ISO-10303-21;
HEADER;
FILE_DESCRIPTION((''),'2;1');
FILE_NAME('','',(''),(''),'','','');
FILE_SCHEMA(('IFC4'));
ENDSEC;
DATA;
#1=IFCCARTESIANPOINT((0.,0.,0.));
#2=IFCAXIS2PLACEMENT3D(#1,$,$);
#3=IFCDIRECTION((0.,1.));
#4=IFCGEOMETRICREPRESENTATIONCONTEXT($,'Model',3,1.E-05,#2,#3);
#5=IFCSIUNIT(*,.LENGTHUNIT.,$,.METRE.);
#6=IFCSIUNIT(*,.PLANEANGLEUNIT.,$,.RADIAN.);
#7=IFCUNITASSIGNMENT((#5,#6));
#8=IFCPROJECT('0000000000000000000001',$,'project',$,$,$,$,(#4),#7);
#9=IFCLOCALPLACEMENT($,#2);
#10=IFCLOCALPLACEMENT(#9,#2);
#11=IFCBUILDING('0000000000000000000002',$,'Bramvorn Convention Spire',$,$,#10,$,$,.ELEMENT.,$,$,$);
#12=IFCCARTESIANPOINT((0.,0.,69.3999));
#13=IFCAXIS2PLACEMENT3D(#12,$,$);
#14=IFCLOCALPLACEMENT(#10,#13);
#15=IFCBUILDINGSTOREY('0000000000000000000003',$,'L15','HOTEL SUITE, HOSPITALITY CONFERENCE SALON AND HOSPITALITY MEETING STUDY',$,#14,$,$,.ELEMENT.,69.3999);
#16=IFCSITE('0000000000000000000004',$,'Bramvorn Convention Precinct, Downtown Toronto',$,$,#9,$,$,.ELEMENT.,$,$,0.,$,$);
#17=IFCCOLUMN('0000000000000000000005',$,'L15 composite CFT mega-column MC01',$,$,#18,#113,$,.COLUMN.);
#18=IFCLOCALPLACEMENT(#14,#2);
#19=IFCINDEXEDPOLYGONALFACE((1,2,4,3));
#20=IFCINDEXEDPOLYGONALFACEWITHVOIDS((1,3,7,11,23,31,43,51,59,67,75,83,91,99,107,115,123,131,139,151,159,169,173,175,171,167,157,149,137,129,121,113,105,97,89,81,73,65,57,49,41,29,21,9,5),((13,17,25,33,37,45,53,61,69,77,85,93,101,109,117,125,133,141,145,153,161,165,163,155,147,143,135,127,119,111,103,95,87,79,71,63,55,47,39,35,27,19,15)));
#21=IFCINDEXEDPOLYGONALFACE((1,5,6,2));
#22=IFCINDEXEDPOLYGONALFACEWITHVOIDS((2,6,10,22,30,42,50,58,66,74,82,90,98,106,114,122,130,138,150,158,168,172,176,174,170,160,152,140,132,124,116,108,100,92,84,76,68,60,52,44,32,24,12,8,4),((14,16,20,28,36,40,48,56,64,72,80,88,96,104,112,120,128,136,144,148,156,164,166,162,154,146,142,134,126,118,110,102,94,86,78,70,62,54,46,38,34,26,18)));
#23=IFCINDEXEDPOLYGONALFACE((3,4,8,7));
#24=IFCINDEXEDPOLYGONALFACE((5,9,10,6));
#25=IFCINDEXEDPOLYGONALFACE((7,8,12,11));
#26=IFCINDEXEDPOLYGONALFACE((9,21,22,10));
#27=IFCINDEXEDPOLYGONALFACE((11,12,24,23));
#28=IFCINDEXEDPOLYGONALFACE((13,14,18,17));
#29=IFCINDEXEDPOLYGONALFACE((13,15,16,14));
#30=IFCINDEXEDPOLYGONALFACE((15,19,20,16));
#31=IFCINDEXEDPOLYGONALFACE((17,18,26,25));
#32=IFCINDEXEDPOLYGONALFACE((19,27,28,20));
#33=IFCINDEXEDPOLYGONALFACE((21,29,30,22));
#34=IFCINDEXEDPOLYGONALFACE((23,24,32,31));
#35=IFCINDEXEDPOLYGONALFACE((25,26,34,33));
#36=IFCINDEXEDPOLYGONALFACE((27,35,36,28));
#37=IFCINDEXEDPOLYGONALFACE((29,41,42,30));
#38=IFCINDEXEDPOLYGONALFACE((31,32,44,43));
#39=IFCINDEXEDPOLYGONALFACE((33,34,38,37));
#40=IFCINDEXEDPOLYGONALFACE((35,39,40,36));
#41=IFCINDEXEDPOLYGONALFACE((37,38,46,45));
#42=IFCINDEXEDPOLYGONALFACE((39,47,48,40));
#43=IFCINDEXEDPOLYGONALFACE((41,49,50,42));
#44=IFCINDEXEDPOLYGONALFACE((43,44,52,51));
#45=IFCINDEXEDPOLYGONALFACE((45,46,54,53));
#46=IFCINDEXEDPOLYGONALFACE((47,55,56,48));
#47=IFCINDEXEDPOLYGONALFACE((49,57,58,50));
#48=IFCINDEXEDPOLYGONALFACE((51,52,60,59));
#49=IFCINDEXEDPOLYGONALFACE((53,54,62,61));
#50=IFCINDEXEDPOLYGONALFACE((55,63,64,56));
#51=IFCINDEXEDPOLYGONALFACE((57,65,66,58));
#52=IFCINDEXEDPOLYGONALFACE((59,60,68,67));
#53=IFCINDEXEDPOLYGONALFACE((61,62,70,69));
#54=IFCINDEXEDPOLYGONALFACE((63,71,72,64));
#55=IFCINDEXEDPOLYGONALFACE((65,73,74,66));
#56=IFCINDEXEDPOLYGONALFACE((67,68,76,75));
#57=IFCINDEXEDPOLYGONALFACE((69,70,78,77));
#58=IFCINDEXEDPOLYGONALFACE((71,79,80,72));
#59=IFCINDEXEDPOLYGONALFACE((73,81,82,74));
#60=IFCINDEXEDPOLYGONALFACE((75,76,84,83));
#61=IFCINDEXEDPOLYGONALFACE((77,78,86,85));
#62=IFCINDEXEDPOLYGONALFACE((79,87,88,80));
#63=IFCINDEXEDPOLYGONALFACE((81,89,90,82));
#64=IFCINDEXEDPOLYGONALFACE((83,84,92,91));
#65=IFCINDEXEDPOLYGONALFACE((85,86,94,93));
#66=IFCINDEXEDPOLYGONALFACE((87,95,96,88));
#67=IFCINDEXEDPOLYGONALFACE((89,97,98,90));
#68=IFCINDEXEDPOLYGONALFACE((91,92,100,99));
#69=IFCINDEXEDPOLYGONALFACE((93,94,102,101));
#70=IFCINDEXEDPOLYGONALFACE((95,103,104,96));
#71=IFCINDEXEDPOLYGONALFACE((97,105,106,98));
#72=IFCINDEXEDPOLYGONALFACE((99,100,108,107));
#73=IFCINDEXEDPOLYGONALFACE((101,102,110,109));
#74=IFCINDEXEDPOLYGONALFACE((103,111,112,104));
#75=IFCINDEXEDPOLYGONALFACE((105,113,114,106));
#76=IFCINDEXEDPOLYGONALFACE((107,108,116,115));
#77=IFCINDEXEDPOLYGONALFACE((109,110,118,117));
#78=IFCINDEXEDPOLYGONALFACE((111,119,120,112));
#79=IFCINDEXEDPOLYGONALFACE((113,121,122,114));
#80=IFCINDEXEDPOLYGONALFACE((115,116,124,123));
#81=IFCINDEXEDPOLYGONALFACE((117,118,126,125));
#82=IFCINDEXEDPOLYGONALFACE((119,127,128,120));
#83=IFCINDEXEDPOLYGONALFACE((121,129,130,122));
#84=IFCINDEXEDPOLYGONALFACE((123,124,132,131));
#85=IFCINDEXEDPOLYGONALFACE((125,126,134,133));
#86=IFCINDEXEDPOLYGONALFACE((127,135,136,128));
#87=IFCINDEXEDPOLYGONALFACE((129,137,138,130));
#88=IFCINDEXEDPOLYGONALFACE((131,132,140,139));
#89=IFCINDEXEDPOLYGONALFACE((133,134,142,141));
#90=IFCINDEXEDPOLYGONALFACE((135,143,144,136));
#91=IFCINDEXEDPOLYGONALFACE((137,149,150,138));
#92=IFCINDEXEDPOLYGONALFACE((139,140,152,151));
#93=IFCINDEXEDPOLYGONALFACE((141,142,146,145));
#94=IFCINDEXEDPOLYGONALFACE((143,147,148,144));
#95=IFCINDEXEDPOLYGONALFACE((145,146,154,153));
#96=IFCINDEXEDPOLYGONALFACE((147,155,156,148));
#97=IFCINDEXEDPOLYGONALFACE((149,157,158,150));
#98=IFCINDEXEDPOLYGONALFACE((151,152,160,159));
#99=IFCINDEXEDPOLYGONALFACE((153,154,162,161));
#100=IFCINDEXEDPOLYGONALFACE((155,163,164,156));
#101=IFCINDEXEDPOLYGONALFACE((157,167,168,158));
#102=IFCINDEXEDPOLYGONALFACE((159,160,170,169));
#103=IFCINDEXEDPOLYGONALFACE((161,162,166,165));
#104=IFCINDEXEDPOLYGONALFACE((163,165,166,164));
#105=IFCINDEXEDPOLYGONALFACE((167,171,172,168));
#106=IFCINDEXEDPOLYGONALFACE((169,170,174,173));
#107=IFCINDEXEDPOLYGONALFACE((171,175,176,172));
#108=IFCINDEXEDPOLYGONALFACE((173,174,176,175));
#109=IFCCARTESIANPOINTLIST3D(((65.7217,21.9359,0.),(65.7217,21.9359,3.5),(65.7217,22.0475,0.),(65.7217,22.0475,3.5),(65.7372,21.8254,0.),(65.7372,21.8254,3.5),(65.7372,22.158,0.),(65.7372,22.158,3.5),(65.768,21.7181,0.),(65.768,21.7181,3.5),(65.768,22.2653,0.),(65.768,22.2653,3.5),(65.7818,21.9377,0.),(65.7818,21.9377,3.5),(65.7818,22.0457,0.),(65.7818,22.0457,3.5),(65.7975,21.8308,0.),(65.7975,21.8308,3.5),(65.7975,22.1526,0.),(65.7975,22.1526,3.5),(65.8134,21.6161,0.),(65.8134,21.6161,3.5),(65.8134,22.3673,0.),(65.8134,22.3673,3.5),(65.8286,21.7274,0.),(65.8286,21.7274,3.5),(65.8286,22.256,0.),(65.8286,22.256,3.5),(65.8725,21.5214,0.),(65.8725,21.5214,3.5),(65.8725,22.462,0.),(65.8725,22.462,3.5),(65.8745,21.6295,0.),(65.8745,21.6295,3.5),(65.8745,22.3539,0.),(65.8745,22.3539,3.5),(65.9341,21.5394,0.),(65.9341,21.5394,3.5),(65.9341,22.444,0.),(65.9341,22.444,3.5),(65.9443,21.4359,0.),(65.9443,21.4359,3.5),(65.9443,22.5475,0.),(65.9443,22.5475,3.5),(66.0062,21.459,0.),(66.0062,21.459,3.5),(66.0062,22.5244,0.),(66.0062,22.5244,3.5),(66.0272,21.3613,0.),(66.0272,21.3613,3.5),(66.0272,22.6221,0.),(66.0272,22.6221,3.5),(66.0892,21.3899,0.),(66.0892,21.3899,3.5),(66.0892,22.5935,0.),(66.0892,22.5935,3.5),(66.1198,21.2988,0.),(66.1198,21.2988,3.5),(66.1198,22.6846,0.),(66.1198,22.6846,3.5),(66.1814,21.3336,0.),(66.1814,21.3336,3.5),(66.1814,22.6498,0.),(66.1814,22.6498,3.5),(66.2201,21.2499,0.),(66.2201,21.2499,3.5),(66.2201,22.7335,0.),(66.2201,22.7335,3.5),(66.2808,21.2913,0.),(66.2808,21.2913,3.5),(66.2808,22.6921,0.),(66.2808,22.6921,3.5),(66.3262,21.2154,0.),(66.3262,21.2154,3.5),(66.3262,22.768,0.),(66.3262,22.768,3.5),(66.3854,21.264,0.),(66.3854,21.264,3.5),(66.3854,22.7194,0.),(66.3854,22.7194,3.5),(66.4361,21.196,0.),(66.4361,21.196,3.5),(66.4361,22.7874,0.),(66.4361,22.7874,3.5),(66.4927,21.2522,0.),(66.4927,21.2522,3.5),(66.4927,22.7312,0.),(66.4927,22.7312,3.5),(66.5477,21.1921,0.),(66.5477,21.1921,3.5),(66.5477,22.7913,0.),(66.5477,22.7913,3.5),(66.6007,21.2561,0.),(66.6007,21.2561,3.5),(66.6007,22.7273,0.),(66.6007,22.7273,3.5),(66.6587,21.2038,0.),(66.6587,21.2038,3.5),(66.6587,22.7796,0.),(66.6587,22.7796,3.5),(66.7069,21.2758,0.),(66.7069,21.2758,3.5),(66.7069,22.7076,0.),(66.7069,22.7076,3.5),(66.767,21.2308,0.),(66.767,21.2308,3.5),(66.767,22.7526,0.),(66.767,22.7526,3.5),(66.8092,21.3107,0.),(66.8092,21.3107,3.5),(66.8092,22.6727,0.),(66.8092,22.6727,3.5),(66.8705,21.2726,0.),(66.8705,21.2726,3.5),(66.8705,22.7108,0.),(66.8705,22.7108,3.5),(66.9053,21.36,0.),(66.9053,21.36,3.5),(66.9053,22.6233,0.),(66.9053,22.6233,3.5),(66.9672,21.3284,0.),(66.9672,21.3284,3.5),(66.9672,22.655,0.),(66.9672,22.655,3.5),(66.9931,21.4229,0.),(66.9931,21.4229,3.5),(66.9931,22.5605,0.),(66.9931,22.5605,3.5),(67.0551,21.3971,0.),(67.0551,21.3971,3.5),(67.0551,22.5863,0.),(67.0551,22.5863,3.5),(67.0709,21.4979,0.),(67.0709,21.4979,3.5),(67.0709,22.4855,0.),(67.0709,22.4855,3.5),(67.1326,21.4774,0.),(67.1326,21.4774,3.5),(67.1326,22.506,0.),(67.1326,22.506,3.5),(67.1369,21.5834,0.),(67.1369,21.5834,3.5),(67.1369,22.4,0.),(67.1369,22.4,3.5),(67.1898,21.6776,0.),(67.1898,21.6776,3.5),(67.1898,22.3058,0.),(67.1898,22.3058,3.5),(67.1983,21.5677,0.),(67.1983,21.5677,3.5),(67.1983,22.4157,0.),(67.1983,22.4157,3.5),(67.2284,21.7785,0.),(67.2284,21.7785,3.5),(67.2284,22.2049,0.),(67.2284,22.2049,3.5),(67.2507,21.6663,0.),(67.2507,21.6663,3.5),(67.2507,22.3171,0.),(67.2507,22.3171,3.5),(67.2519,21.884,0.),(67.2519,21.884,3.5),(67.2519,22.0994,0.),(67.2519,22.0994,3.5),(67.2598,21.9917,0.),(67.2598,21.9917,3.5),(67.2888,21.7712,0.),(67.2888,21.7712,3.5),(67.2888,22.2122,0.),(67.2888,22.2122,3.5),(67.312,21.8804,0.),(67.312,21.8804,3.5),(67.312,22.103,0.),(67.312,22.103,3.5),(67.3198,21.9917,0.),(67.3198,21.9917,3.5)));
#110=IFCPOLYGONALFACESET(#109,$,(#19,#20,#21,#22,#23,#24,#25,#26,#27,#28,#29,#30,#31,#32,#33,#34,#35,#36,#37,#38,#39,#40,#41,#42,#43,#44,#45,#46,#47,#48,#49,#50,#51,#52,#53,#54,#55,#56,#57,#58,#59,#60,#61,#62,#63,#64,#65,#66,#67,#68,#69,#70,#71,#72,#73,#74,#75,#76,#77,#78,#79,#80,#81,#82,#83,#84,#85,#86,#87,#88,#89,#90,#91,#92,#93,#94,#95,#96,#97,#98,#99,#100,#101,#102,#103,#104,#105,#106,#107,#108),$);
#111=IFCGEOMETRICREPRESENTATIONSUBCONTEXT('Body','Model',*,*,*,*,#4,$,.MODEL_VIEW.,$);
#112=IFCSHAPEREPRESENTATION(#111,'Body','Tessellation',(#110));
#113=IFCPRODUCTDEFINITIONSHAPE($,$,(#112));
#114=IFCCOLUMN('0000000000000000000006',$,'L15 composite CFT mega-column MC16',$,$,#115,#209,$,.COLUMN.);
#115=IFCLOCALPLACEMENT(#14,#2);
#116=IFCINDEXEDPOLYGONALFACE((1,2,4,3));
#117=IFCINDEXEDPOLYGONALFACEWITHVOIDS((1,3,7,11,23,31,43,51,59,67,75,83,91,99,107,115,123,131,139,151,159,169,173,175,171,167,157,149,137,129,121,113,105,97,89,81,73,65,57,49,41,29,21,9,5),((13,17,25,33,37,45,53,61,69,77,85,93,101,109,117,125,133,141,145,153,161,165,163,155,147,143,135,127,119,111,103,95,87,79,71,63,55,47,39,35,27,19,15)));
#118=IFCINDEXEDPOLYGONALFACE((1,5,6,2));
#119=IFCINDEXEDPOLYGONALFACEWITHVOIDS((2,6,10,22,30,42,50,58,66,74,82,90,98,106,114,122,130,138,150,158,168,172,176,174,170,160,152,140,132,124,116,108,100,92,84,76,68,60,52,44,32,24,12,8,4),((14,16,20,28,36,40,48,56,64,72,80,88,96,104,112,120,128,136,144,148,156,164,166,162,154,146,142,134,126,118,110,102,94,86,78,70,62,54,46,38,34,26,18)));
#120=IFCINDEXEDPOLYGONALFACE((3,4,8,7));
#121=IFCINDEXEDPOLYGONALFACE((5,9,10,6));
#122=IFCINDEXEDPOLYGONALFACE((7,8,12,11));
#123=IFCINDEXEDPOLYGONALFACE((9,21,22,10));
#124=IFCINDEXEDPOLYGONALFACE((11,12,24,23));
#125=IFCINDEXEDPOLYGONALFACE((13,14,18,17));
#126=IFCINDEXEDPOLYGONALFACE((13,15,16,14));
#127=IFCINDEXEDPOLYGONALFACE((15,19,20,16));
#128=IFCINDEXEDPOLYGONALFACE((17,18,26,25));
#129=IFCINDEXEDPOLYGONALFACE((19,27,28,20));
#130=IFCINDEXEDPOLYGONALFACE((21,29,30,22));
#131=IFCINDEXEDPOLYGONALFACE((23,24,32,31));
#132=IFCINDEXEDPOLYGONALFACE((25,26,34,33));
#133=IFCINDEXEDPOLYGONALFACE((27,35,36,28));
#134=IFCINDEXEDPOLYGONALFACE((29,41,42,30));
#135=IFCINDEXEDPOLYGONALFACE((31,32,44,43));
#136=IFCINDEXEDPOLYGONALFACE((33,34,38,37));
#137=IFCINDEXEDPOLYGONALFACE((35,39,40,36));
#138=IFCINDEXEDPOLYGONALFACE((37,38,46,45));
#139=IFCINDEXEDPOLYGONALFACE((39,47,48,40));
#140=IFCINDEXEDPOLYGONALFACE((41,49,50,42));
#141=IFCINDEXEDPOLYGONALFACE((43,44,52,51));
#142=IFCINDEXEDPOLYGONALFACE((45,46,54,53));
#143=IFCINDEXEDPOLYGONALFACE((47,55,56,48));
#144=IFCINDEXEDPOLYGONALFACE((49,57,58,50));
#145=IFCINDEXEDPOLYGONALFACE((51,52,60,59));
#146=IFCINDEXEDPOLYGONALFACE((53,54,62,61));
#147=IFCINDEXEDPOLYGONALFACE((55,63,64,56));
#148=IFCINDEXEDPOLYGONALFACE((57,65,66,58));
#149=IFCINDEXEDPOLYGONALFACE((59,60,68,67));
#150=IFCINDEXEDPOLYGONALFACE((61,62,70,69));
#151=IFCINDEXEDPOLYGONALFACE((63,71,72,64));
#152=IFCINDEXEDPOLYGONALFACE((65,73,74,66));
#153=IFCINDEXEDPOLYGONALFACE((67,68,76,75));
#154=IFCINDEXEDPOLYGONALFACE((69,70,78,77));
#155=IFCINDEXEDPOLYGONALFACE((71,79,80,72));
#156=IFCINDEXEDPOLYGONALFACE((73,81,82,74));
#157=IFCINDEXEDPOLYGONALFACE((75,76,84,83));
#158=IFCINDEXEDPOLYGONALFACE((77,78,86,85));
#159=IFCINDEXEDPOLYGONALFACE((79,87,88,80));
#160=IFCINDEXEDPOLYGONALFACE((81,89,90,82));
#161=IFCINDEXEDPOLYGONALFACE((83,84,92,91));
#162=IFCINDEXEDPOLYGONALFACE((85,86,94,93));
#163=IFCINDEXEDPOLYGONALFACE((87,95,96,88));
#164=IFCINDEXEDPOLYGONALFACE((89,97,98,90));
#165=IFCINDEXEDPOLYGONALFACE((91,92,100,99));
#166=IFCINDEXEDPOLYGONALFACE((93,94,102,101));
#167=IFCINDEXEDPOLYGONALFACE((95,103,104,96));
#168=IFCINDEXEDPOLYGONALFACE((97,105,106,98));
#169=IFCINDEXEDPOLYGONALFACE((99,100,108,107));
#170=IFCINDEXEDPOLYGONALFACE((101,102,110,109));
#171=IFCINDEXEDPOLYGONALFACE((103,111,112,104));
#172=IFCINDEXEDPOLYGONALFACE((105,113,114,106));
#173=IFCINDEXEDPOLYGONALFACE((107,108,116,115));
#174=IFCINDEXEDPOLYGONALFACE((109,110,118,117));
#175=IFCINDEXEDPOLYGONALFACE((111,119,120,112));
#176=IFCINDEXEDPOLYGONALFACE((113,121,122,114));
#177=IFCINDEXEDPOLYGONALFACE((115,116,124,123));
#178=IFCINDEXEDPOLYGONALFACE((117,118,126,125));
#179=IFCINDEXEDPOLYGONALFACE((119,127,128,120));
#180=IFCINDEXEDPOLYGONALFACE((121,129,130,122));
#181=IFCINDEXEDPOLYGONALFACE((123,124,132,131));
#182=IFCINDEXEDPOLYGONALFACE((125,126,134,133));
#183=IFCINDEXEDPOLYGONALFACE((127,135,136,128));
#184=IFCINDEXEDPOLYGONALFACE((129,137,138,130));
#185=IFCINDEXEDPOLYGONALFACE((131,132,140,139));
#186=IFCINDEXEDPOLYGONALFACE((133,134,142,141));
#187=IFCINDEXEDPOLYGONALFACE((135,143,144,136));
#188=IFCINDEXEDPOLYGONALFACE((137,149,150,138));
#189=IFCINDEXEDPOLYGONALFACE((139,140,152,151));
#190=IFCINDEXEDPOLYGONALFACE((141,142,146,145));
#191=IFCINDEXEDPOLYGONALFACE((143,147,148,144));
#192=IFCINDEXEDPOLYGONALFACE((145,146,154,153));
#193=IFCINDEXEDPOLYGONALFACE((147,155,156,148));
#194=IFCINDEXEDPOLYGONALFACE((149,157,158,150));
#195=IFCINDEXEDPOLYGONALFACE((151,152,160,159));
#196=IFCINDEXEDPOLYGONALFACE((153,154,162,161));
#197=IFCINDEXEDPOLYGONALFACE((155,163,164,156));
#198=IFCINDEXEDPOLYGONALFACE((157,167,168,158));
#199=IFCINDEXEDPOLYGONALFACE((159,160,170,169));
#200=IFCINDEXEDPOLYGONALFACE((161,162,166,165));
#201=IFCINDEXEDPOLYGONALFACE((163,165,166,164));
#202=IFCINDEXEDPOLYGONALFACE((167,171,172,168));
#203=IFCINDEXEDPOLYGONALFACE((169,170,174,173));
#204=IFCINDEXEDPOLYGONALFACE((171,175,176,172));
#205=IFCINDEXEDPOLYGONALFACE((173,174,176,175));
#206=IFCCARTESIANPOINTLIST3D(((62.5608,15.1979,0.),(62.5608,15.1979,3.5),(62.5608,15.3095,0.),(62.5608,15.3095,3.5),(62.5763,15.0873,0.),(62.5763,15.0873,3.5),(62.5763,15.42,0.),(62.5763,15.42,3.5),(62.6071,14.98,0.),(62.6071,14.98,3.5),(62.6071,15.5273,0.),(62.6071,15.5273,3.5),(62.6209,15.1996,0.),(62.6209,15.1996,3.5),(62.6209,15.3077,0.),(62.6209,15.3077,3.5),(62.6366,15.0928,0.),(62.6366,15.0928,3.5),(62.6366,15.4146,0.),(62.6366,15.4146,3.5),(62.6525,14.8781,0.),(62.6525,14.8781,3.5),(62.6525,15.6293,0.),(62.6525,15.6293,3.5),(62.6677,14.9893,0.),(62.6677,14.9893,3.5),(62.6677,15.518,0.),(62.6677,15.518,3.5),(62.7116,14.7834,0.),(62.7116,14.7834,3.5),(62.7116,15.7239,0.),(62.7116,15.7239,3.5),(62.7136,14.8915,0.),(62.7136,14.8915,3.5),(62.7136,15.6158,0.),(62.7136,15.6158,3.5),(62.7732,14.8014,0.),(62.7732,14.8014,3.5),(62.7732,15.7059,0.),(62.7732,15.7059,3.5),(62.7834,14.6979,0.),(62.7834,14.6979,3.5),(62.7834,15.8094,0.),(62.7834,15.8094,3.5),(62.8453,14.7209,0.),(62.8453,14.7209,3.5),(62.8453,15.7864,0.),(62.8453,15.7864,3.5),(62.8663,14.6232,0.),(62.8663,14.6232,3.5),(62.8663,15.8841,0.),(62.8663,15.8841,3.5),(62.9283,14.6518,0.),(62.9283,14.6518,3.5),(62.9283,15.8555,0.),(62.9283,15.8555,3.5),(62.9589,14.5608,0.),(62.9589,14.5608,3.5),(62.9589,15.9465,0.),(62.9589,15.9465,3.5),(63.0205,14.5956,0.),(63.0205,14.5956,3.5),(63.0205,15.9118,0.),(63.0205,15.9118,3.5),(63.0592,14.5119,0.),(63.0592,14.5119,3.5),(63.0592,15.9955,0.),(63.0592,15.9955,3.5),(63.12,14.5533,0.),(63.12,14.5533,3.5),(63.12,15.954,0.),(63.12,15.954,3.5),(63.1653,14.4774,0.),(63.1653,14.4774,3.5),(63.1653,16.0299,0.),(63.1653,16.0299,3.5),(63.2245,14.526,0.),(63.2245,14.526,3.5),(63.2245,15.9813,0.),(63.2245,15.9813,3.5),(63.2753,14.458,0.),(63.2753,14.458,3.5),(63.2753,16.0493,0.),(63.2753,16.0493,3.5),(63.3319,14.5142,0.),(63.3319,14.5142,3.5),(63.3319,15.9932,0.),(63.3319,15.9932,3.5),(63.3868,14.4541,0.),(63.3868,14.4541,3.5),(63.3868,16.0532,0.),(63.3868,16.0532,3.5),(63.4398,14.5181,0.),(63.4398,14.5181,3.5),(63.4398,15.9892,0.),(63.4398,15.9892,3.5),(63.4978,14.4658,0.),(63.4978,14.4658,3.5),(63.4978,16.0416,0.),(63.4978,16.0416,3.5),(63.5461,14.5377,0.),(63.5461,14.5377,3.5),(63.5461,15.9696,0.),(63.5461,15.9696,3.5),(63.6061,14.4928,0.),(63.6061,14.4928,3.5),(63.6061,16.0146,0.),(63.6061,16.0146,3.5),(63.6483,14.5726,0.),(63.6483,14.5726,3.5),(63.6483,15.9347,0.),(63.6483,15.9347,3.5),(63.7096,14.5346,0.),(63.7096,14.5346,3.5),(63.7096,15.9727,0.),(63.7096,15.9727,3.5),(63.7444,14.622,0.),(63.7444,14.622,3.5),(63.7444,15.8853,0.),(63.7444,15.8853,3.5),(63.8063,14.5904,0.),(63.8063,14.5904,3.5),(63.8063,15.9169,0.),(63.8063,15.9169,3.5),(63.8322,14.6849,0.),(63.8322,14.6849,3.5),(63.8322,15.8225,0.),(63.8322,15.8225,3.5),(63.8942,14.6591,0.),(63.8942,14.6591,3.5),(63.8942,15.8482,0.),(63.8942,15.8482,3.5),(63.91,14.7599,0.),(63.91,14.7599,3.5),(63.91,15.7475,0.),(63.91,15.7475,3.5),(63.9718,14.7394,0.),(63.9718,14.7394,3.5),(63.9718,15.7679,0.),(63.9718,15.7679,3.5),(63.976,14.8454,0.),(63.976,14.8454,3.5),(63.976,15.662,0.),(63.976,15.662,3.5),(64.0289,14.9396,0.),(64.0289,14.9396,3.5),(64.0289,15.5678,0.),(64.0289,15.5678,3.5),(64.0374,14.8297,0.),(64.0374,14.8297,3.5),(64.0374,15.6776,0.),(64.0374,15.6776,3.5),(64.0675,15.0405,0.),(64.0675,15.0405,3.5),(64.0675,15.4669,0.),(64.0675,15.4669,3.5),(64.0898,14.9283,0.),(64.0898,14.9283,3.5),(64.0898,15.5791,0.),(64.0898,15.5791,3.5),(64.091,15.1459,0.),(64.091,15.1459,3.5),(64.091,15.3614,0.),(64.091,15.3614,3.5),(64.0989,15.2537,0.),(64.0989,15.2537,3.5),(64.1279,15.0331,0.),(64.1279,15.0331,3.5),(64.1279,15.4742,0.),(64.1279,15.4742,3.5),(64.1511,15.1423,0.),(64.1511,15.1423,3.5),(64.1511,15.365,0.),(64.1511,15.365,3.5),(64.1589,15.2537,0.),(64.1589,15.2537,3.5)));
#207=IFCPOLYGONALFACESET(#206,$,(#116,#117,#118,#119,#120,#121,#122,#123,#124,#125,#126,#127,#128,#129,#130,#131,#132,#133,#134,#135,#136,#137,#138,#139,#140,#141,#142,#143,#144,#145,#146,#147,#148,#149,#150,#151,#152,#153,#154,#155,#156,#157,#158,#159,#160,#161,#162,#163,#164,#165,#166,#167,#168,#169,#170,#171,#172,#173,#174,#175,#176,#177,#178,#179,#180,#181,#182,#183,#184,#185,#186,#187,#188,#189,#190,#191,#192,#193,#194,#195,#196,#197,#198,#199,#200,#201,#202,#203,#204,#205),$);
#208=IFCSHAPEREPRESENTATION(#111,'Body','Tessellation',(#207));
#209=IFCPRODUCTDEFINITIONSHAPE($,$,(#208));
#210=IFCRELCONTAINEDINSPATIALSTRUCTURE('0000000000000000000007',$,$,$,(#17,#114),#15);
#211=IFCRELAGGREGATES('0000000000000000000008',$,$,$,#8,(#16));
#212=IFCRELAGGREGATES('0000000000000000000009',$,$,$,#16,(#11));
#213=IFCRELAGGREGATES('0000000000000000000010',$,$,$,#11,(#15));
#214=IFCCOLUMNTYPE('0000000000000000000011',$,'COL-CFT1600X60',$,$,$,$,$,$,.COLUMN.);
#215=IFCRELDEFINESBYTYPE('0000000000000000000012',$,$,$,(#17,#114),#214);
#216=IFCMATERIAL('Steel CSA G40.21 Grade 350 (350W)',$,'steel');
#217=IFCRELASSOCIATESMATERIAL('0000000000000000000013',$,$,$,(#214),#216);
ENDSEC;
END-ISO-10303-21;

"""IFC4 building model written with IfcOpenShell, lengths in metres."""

from ifc_helpers import new_model, si_unit, direction, frame, origin, origin_2d, place, context, subcontext, project, spatial, hollow_circle, extrude, material, material_profile, profile_set, type_object, element, save


model = new_model("IFC4")

# Units and contexts
model_context = context("Model", 3, precision=1e-05, world=origin(), true_north=direction((0.0, 1.0)))
body_context = subcontext(model_context, "Body", "Model", "MODEL_VIEW")
ifc_project = project(units=[si_unit("LENGTHUNIT", "METRE"), si_unit("PLANEANGLEUNIT", "RADIAN")], contexts=[model_context])

# Site, building, storey
site_placement = place(None, origin())
site = spatial("IfcSite", under=ifc_project, at=site_placement, Name="Bramvorn Convention Precinct, Downtown Toronto", CompositionType="ELEMENT", RefElevation=0.0)
building_placement = place(site_placement, origin())
building = spatial("IfcBuilding", under=site, at=building_placement, Name="Bramvorn Convention Spire", CompositionType="ELEMENT")
storey_placement = place(building_placement, frame((0.0, 0.0, 69.3999)))
storey = spatial("IfcBuildingStorey", under=building, at=storey_placement, Name="L15", Description="HOTEL SUITE, HOSPITALITY CONFERENCE SALON AND HOSPITALITY MEETING STUDY", CompositionType="ELEMENT", Elevation=69.3999)

# Columns
ifc_material_1 = material(Name="Steel CSA G40.21 Grade 350 (350W)", Category="steel")
ifc_material_profile_1 = material_profile(ifc_material_1, hollow_circle(Radius=0.8, WallThickness=0.0601, at=origin_2d()))
ifc_profile_set_1 = profile_set([ifc_material_profile_1], Name="Steel CSA G40.21 Grade 350 (350W) - CFT1600X60")
column_type = type_object("IfcColumnType", Name="COL-CFT1600X60", PredefinedType="COLUMN", material=ifc_profile_set_1)
for number, where, z_axis, x_axis, name in (
    (1, (66.5198, 21.9917, 0.0), (0.0, 0.0, 1.0), (1.0, 0.0, 0.0), "L15 composite CFT mega-column MC01"),
    (2, (63.3589, 15.2537, 0.0), (0.0, 0.0, 1.0), (1.0, 0.0, 0.0), "L15 composite CFT mega-column MC16"),
):
    element("IfcColumn", number, at=place(storey_placement, frame(where, z_axis=z_axis, x_axis=x_axis)), inside=storey, type_object=column_type, Name=name, PredefinedType="COLUMN", context=body_context, shape_type="SweptSolid", body=[
        extrude(hollow_circle(Radius=0.8, WallThickness=0.0601, at=origin_2d()), origin(), (0.0, 0.0, 1.0), 3.5),
    ])

save(model, "model.ifc")
